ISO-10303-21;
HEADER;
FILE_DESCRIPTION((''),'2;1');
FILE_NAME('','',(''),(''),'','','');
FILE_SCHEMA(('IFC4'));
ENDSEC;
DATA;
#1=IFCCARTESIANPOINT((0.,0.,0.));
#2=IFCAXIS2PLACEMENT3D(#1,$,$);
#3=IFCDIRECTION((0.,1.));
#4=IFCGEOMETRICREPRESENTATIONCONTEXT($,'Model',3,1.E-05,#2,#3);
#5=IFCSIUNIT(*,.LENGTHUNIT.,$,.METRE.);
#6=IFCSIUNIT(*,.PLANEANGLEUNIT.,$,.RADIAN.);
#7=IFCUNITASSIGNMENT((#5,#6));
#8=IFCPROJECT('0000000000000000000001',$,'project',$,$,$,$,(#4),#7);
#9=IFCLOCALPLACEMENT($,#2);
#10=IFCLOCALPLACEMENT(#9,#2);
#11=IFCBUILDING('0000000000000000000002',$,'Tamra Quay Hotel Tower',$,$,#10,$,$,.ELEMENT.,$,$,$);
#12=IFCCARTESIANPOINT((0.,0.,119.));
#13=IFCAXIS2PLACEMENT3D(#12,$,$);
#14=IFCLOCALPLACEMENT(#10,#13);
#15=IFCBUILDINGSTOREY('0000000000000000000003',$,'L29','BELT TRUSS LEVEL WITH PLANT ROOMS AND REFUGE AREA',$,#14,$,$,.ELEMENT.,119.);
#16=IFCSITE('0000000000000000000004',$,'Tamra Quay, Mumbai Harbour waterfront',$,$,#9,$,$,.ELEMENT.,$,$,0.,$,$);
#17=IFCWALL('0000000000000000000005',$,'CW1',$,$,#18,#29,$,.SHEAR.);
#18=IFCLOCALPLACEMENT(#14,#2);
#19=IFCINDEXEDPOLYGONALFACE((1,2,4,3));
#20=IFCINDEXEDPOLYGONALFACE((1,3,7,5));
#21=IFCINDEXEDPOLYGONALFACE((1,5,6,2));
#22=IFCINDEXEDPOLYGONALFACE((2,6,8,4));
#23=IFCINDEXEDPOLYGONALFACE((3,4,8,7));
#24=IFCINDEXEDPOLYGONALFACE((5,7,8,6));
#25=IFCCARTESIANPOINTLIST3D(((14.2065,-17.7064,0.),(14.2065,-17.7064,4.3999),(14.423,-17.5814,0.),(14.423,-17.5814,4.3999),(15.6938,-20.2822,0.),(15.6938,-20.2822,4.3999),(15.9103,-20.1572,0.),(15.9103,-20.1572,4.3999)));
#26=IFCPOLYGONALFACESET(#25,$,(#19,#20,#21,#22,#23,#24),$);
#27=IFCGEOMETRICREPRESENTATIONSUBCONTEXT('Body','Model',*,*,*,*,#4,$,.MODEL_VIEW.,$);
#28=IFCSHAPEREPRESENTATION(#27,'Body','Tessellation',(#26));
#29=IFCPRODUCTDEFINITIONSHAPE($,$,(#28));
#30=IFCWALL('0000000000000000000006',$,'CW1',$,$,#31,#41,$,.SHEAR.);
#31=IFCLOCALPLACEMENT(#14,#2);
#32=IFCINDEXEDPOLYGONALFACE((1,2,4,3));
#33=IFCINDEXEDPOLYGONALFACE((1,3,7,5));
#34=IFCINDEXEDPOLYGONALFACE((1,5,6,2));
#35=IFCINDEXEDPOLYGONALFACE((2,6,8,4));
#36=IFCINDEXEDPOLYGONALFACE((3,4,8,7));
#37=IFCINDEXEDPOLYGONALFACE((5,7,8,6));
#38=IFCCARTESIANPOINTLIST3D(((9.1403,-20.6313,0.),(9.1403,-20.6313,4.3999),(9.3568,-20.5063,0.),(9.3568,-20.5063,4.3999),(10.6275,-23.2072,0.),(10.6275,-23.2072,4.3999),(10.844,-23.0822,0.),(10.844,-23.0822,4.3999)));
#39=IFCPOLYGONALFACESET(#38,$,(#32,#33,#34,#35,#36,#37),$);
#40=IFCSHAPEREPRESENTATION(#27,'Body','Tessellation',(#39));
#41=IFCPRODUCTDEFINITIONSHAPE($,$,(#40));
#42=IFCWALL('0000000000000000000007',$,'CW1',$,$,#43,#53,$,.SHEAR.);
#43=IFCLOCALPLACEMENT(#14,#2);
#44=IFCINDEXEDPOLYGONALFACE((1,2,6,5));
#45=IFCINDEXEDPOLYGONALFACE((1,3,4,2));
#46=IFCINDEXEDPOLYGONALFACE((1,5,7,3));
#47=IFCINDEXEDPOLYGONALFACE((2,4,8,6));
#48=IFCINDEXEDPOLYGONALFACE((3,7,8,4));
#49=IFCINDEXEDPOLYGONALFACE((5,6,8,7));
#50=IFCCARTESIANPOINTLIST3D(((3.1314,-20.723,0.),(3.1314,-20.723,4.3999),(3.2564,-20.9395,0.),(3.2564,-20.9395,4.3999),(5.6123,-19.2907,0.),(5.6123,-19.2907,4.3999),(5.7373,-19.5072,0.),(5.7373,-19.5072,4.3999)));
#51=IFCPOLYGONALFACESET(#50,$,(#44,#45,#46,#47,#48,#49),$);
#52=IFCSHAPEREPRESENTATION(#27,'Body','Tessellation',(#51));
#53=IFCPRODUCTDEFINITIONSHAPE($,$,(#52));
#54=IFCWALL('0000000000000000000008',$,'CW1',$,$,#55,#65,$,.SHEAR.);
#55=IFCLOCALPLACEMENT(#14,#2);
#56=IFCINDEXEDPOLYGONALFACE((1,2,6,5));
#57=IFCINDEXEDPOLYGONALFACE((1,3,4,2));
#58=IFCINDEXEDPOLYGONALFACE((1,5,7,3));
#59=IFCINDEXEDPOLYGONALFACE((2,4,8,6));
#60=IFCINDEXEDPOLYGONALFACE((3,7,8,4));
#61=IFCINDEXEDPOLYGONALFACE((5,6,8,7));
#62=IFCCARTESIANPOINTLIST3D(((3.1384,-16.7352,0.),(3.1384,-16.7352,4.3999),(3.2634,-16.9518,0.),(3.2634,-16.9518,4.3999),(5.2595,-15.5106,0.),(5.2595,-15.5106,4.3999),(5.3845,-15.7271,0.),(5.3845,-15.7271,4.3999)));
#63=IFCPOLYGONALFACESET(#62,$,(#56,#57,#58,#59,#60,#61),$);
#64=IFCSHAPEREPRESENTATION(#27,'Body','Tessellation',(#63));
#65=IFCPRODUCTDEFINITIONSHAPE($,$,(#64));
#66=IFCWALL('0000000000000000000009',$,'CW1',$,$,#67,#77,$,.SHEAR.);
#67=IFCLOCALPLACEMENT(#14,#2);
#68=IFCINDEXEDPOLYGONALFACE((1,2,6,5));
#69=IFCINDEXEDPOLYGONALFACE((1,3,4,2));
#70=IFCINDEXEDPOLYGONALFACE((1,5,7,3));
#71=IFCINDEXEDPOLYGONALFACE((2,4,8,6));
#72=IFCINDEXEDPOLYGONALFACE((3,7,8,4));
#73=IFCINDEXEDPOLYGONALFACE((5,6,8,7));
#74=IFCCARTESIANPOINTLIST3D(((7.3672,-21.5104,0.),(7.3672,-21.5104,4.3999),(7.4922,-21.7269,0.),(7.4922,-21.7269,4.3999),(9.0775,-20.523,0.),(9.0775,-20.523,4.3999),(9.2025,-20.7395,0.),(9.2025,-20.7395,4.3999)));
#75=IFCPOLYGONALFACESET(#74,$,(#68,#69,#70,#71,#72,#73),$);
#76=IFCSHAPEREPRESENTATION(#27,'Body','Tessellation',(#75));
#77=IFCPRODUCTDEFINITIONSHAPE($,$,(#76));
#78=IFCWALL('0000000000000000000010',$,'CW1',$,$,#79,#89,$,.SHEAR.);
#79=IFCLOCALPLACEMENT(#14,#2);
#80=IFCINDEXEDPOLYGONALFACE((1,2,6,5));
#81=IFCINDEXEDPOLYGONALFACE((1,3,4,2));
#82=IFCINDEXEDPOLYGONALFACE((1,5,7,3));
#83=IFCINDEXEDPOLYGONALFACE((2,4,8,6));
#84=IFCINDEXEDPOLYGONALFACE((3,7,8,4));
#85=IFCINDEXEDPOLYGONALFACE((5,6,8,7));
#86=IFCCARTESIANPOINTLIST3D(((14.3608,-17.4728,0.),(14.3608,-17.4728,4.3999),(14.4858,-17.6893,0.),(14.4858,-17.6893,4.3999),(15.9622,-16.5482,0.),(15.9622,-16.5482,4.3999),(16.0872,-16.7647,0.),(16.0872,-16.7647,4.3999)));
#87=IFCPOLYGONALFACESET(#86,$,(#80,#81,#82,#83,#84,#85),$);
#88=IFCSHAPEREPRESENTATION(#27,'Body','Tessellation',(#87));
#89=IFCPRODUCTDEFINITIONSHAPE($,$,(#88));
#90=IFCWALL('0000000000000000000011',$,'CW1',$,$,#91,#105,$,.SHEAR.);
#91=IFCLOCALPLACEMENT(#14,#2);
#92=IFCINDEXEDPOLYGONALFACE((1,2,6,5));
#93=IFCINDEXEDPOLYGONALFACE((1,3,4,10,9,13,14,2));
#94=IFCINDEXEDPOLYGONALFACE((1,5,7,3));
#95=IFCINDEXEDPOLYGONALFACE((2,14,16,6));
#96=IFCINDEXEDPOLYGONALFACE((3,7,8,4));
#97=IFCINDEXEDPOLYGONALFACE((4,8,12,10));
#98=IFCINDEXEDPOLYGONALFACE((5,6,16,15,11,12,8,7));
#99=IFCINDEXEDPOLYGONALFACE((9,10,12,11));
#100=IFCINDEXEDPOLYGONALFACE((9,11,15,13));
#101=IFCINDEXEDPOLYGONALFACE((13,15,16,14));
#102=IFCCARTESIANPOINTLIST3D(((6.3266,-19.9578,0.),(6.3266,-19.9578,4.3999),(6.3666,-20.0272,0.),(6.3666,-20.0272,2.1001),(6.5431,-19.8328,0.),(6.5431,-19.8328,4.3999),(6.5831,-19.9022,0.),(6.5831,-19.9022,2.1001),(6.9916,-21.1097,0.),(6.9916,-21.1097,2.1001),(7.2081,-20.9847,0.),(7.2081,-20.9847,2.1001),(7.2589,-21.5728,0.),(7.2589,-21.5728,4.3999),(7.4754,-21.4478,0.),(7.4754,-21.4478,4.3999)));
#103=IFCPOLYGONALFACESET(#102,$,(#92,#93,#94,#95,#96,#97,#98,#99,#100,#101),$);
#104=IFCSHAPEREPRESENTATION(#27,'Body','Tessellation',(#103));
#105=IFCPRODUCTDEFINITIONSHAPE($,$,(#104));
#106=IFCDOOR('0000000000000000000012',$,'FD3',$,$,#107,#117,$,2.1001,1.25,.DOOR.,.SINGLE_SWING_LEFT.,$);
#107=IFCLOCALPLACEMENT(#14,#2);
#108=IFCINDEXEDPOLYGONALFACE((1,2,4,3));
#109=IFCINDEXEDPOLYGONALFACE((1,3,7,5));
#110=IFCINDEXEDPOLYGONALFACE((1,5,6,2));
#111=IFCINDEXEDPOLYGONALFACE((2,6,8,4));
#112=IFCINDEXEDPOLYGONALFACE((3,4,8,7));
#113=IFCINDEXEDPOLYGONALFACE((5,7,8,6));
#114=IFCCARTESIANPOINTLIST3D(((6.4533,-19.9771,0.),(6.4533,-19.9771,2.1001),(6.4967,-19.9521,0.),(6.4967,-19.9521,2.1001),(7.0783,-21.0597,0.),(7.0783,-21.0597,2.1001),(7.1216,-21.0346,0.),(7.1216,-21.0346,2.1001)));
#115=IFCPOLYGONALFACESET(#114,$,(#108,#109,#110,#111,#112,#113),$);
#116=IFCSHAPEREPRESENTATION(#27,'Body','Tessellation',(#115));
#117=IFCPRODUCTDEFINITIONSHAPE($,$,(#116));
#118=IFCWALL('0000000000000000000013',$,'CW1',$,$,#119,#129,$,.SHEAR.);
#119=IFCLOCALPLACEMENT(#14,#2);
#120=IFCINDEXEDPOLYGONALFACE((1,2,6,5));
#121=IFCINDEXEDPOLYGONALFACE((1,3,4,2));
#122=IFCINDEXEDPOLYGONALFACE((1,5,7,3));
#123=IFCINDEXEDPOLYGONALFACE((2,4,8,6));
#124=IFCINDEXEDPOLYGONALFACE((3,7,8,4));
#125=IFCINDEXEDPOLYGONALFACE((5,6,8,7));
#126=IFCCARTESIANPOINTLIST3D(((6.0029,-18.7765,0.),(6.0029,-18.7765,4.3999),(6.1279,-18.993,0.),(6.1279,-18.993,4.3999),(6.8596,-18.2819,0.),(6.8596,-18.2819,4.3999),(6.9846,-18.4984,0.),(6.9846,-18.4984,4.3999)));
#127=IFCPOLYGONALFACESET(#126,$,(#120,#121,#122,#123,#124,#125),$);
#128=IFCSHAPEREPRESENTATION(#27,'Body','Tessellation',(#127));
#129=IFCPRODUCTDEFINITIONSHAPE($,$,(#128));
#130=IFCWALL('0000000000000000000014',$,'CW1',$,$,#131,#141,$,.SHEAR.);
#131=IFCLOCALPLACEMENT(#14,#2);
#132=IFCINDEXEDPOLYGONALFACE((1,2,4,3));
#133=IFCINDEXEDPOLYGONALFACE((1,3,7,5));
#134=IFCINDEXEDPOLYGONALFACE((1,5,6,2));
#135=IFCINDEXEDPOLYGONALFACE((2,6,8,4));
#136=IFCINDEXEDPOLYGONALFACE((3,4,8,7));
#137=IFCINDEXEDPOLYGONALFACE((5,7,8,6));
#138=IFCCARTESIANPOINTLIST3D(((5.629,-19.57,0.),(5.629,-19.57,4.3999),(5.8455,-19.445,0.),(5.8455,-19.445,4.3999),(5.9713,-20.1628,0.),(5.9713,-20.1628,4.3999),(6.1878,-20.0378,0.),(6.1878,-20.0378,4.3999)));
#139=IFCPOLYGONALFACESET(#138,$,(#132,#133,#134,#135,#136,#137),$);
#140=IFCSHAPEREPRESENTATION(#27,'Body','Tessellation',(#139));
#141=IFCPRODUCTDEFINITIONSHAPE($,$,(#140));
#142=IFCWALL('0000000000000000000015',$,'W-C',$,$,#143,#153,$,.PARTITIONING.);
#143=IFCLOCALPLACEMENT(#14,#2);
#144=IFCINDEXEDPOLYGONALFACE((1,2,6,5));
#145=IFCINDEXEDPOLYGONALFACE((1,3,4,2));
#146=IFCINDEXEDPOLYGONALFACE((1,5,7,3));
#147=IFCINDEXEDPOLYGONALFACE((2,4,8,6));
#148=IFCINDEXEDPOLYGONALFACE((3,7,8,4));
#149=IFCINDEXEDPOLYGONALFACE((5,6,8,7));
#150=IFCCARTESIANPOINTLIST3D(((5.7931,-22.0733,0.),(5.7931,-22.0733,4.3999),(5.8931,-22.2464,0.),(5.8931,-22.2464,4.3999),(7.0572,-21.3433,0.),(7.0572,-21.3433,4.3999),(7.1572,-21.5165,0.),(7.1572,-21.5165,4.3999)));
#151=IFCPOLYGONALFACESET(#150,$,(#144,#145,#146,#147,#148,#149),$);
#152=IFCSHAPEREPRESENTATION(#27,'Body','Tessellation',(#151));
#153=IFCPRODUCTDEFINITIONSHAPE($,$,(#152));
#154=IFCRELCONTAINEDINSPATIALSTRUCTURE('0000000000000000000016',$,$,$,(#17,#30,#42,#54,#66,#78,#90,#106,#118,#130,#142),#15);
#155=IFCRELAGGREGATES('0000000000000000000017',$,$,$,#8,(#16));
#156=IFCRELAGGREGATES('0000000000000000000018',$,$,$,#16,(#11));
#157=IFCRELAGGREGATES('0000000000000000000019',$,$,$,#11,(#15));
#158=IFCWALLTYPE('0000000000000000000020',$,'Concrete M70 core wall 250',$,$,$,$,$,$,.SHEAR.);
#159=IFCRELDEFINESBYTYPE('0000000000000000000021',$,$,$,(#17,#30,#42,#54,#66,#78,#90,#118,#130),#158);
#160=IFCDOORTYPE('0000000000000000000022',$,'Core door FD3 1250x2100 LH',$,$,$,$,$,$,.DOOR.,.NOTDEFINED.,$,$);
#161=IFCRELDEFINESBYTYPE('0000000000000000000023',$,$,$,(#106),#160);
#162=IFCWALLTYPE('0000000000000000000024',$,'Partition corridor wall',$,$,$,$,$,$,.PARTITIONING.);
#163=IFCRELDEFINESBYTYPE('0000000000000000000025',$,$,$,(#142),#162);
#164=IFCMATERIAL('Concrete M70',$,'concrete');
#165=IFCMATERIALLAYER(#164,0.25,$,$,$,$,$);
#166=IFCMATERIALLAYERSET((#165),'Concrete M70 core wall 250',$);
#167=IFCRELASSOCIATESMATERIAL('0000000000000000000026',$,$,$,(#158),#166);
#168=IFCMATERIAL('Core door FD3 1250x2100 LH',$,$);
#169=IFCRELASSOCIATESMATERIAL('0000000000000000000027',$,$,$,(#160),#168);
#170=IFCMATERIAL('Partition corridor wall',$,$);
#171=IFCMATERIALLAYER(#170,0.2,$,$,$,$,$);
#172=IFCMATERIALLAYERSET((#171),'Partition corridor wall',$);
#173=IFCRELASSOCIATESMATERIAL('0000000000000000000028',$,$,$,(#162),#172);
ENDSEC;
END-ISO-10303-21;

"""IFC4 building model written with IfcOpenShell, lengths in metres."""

from ifc_helpers import new_model, si_unit, direction, frame, frame_2d, origin, place, context, subcontext, project, spatial, rectangle, extrude, material, layer, layer_set, type_object, element, fill, save


model = new_model("IFC4")

# Units and contexts
model_context = context("Model", 3, precision=1e-05, world=origin(), true_north=direction((0.0, 1.0)))
body_context = subcontext(model_context, "Body", "Model", "MODEL_VIEW")
ifc_project = project(units=[si_unit("LENGTHUNIT", "METRE"), si_unit("PLANEANGLEUNIT", "RADIAN")], contexts=[model_context])

# Site, building, storey
site_placement = place(None, origin())
site = spatial("IfcSite", under=ifc_project, at=site_placement, Name="Tamra Quay, Mumbai Harbour waterfront", CompositionType="ELEMENT", RefElevation=0.0)
building_placement = place(site_placement, origin())
building = spatial("IfcBuilding", under=site, at=building_placement, Name="Tamra Quay Hotel Tower", CompositionType="ELEMENT")
storey_placement = place(building_placement, frame((0.0, 0.0, 119.0)))
storey = spatial("IfcBuildingStorey", under=building, at=storey_placement, Name="L29", Description="BELT TRUSS LEVEL WITH PLANT ROOMS AND REFUGE AREA", CompositionType="ELEMENT", Elevation=119.0)

# Shared definitions
ifc_material_1 = material(Name="Concrete M70", Category="concrete")

# Walls
ifc_layer_1 = layer(ifc_material_1, 0.25)
ifc_layer_set_1 = layer_set([ifc_layer_1], Name="Concrete M70 core wall 250")
wall_type_1 = type_object("IfcWallType", Name="Concrete M70 core wall 250", PredefinedType="SHEAR", material=ifc_layer_set_1)
for number, where, z_axis, x_axis, name in (
    (1, (14.3147, -17.6438, 0.0), (0.0, 0.0, 1.0), (0.500023, -0.866012, 0.0), "CW1"),
    (2, (10.7358, -23.1448, 0.0), (0.0, 0.0, 1.0), (-0.500023, 0.866012, 0.0), "CW1"),
):
    element("IfcWall", number, at=place(storey_placement, frame(where, z_axis=z_axis, x_axis=x_axis)), inside=storey, type_object=wall_type_1, Name=name, PredefinedType="SHEAR", context=body_context, shape_type="SweptSolid", body=[
        extrude(rectangle(XDim=2.9744, YDim=0.25, at=frame_2d((1.4873, 0.0))), origin(), (0.0, 0.0, 1.0), 4.3999),
    ])
wall_1_placement = place(storey_placement, frame((5.6748, -19.3989, 0.0), z_axis=(0.0, 0.0, 1.0), x_axis=(-0.866027, -0.499998, 0.0)))
element("IfcWall", 3, at=wall_1_placement, inside=storey, type_object=wall_type_1, Name="CW1", PredefinedType="SHEAR", context=body_context, shape_type="SweptSolid", body=[
    extrude(rectangle(XDim=2.8647, YDim=0.25, at=frame_2d((1.4324, 0.0))), origin(), (0.0, 0.0, 1.0), 4.3999),
])
wall_2_placement = place(storey_placement, frame((5.322, -15.6189, 0.0), z_axis=(0.0, 0.0, 1.0), x_axis=(-0.866026, -0.499999, 0.0)))
element("IfcWall", 4, at=wall_2_placement, inside=storey, type_object=wall_type_1, Name="CW1", PredefinedType="SHEAR", context=body_context, shape_type="SweptSolid", body=[
    extrude(rectangle(XDim=2.4492, YDim=0.25, at=frame_2d((1.2246, 0.0))), origin(), (0.0, 0.0, 1.0), 4.3999),
])
wall_3_placement = place(storey_placement, frame((9.1399, -20.6313, 0.0), z_axis=(0.0, 0.0, 1.0), x_axis=(-0.866044, -0.499969, 0.0)))
element("IfcWall", 5, at=wall_3_placement, inside=storey, type_object=wall_type_1, Name="CW1", PredefinedType="SHEAR", context=body_context, shape_type="SweptSolid", body=[
    extrude(rectangle(XDim=1.9749, YDim=0.25, at=frame_2d((0.9873, 0.0))), origin(), (0.0, 0.0, 1.0), 4.3999),
])
wall_4_placement = place(storey_placement, frame((16.0247, -16.6565, 0.0), z_axis=(0.0, 0.0, 1.0), x_axis=(-0.866016, -0.500016, 0.0)))
element("IfcWall", 6, at=wall_4_placement, inside=storey, type_object=wall_type_1, Name="CW1", PredefinedType="SHEAR", context=body_context, shape_type="SweptSolid", body=[
    extrude(rectangle(XDim=1.8491, YDim=0.25, at=frame_2d((0.9246, 0.0))), origin(), (0.0, 0.0, 1.0), 4.3999),
])

# Wall, opening, door
wall_5_placement = place(storey_placement, frame((7.3672, -21.5103, 0.0), z_axis=(0.0, 0.0, 1.0), x_axis=(-0.499983, 0.866035, 0.0)))
wall_5 = element("IfcWall", 7, at=wall_5_placement, inside=storey, type_object=wall_type_1, Name="CW1", PredefinedType="SHEAR", context=body_context, shape_type="SweptSolid", body=[
    extrude(rectangle(XDim=1.8647, YDim=0.25, at=frame_2d((0.9324, 0.0))), origin(), (0.0, 0.0, 1.0), 4.3999),
])
opening_1_placement = place(wall_5_placement, frame((0.5347, 0.0, 0.0)))
opening_1 = element("IfcOpeningElement", 8, at=opening_1_placement, cuts=wall_5, PredefinedType="OPENING", context=body_context, shape_type="SweptSolid", body=[
    extrude(rectangle(XDim=1.25, YDim=2.1001, at=frame_2d((0.625, 1.05))), frame((0.0, 0.135, 0.0), z_axis=(0.0, -1.0, 0.0), x_axis=(1.0, 0.0, 0.0)), (0.0, 0.0, 1.0), 0.27),
])
ifc_material_2 = material(Name="Core door FD3 1250x2100 LH")
door_type_1 = type_object("IfcDoorType", Name="Core door FD3 1250x2100 LH", OperationType="NOTDEFINED", PredefinedType="DOOR", material=ifc_material_2)
door_1_placement = place(opening_1_placement, origin())
door_1 = element("IfcDoor", 9, at=door_1_placement, inside=storey, type_object=door_type_1, Name="FD3", OperationType="SINGLE_SWING_LEFT", OverallHeight=2.1001, OverallWidth=1.25, PredefinedType="DOOR", context=body_context, shape_type="SweptSolid", body=[
    extrude(rectangle(XDim=1.25, YDim=2.1001, at=frame_2d((0.625, 1.05))), frame((0.0, 0.0249, 0.0), z_axis=(0.0, -1.0, 0.0), x_axis=(1.0, 0.0, 0.0)), (0.0, 0.0, 1.0), 0.05),
])
fill(opening_1, door_1)

# Walls
wall_6_placement = place(storey_placement, frame((6.0654, -18.8848, 0.0), z_axis=(0.0, 0.0, 1.0), x_axis=(0.866017, 0.500014, 0.0)))
element("IfcWall", 10, at=wall_6_placement, inside=storey, type_object=wall_type_1, Name="CW1", PredefinedType="SHEAR", context=body_context, shape_type="SweptSolid", body=[
    extrude(rectangle(XDim=0.9893, YDim=0.25, at=frame_2d((0.4946, 0.0))), origin(), (0.0, 0.0, 1.0), 4.3999),
])
wall_7_placement = place(storey_placement, frame((6.0796, -20.1003, 0.0), z_axis=(0.0, 0.0, 1.0), x_axis=(-0.500052, 0.865996, 0.0)))
element("IfcWall", 11, at=wall_7_placement, inside=storey, type_object=wall_type_1, Name="CW1", PredefinedType="SHEAR", context=body_context, shape_type="SweptSolid", body=[
    extrude(rectangle(XDim=0.6846, YDim=0.25, at=frame_2d((0.3423, 0.0))), origin(), (0.0, 0.0, 1.0), 4.3999),
])
ifc_material_3 = material(Name="Partition corridor wall")
ifc_layer_2 = layer(ifc_material_3, 0.2)
ifc_layer_set_2 = layer_set([ifc_layer_2], Name="Partition corridor wall")
wall_type_2 = type_object("IfcWallType", Name="Partition corridor wall", PredefinedType="PARTITIONING", material=ifc_layer_set_2)
wall_8_placement = place(storey_placement, frame((5.843, -22.1599, 0.0), z_axis=(0.0, 0.0, 1.0), x_axis=(0.865991, 0.50006, 0.0)))
element("IfcWall", 12, at=wall_8_placement, inside=storey, type_object=wall_type_2, Name="W-C", PredefinedType="PARTITIONING", context=body_context, shape_type="SweptSolid", body=[
    extrude(rectangle(XDim=1.4597, YDim=0.2, at=frame_2d((0.73, 0.0))), origin(), (0.0, 0.0, 1.0), 4.3999),
])

save(model, "model.ifc")
